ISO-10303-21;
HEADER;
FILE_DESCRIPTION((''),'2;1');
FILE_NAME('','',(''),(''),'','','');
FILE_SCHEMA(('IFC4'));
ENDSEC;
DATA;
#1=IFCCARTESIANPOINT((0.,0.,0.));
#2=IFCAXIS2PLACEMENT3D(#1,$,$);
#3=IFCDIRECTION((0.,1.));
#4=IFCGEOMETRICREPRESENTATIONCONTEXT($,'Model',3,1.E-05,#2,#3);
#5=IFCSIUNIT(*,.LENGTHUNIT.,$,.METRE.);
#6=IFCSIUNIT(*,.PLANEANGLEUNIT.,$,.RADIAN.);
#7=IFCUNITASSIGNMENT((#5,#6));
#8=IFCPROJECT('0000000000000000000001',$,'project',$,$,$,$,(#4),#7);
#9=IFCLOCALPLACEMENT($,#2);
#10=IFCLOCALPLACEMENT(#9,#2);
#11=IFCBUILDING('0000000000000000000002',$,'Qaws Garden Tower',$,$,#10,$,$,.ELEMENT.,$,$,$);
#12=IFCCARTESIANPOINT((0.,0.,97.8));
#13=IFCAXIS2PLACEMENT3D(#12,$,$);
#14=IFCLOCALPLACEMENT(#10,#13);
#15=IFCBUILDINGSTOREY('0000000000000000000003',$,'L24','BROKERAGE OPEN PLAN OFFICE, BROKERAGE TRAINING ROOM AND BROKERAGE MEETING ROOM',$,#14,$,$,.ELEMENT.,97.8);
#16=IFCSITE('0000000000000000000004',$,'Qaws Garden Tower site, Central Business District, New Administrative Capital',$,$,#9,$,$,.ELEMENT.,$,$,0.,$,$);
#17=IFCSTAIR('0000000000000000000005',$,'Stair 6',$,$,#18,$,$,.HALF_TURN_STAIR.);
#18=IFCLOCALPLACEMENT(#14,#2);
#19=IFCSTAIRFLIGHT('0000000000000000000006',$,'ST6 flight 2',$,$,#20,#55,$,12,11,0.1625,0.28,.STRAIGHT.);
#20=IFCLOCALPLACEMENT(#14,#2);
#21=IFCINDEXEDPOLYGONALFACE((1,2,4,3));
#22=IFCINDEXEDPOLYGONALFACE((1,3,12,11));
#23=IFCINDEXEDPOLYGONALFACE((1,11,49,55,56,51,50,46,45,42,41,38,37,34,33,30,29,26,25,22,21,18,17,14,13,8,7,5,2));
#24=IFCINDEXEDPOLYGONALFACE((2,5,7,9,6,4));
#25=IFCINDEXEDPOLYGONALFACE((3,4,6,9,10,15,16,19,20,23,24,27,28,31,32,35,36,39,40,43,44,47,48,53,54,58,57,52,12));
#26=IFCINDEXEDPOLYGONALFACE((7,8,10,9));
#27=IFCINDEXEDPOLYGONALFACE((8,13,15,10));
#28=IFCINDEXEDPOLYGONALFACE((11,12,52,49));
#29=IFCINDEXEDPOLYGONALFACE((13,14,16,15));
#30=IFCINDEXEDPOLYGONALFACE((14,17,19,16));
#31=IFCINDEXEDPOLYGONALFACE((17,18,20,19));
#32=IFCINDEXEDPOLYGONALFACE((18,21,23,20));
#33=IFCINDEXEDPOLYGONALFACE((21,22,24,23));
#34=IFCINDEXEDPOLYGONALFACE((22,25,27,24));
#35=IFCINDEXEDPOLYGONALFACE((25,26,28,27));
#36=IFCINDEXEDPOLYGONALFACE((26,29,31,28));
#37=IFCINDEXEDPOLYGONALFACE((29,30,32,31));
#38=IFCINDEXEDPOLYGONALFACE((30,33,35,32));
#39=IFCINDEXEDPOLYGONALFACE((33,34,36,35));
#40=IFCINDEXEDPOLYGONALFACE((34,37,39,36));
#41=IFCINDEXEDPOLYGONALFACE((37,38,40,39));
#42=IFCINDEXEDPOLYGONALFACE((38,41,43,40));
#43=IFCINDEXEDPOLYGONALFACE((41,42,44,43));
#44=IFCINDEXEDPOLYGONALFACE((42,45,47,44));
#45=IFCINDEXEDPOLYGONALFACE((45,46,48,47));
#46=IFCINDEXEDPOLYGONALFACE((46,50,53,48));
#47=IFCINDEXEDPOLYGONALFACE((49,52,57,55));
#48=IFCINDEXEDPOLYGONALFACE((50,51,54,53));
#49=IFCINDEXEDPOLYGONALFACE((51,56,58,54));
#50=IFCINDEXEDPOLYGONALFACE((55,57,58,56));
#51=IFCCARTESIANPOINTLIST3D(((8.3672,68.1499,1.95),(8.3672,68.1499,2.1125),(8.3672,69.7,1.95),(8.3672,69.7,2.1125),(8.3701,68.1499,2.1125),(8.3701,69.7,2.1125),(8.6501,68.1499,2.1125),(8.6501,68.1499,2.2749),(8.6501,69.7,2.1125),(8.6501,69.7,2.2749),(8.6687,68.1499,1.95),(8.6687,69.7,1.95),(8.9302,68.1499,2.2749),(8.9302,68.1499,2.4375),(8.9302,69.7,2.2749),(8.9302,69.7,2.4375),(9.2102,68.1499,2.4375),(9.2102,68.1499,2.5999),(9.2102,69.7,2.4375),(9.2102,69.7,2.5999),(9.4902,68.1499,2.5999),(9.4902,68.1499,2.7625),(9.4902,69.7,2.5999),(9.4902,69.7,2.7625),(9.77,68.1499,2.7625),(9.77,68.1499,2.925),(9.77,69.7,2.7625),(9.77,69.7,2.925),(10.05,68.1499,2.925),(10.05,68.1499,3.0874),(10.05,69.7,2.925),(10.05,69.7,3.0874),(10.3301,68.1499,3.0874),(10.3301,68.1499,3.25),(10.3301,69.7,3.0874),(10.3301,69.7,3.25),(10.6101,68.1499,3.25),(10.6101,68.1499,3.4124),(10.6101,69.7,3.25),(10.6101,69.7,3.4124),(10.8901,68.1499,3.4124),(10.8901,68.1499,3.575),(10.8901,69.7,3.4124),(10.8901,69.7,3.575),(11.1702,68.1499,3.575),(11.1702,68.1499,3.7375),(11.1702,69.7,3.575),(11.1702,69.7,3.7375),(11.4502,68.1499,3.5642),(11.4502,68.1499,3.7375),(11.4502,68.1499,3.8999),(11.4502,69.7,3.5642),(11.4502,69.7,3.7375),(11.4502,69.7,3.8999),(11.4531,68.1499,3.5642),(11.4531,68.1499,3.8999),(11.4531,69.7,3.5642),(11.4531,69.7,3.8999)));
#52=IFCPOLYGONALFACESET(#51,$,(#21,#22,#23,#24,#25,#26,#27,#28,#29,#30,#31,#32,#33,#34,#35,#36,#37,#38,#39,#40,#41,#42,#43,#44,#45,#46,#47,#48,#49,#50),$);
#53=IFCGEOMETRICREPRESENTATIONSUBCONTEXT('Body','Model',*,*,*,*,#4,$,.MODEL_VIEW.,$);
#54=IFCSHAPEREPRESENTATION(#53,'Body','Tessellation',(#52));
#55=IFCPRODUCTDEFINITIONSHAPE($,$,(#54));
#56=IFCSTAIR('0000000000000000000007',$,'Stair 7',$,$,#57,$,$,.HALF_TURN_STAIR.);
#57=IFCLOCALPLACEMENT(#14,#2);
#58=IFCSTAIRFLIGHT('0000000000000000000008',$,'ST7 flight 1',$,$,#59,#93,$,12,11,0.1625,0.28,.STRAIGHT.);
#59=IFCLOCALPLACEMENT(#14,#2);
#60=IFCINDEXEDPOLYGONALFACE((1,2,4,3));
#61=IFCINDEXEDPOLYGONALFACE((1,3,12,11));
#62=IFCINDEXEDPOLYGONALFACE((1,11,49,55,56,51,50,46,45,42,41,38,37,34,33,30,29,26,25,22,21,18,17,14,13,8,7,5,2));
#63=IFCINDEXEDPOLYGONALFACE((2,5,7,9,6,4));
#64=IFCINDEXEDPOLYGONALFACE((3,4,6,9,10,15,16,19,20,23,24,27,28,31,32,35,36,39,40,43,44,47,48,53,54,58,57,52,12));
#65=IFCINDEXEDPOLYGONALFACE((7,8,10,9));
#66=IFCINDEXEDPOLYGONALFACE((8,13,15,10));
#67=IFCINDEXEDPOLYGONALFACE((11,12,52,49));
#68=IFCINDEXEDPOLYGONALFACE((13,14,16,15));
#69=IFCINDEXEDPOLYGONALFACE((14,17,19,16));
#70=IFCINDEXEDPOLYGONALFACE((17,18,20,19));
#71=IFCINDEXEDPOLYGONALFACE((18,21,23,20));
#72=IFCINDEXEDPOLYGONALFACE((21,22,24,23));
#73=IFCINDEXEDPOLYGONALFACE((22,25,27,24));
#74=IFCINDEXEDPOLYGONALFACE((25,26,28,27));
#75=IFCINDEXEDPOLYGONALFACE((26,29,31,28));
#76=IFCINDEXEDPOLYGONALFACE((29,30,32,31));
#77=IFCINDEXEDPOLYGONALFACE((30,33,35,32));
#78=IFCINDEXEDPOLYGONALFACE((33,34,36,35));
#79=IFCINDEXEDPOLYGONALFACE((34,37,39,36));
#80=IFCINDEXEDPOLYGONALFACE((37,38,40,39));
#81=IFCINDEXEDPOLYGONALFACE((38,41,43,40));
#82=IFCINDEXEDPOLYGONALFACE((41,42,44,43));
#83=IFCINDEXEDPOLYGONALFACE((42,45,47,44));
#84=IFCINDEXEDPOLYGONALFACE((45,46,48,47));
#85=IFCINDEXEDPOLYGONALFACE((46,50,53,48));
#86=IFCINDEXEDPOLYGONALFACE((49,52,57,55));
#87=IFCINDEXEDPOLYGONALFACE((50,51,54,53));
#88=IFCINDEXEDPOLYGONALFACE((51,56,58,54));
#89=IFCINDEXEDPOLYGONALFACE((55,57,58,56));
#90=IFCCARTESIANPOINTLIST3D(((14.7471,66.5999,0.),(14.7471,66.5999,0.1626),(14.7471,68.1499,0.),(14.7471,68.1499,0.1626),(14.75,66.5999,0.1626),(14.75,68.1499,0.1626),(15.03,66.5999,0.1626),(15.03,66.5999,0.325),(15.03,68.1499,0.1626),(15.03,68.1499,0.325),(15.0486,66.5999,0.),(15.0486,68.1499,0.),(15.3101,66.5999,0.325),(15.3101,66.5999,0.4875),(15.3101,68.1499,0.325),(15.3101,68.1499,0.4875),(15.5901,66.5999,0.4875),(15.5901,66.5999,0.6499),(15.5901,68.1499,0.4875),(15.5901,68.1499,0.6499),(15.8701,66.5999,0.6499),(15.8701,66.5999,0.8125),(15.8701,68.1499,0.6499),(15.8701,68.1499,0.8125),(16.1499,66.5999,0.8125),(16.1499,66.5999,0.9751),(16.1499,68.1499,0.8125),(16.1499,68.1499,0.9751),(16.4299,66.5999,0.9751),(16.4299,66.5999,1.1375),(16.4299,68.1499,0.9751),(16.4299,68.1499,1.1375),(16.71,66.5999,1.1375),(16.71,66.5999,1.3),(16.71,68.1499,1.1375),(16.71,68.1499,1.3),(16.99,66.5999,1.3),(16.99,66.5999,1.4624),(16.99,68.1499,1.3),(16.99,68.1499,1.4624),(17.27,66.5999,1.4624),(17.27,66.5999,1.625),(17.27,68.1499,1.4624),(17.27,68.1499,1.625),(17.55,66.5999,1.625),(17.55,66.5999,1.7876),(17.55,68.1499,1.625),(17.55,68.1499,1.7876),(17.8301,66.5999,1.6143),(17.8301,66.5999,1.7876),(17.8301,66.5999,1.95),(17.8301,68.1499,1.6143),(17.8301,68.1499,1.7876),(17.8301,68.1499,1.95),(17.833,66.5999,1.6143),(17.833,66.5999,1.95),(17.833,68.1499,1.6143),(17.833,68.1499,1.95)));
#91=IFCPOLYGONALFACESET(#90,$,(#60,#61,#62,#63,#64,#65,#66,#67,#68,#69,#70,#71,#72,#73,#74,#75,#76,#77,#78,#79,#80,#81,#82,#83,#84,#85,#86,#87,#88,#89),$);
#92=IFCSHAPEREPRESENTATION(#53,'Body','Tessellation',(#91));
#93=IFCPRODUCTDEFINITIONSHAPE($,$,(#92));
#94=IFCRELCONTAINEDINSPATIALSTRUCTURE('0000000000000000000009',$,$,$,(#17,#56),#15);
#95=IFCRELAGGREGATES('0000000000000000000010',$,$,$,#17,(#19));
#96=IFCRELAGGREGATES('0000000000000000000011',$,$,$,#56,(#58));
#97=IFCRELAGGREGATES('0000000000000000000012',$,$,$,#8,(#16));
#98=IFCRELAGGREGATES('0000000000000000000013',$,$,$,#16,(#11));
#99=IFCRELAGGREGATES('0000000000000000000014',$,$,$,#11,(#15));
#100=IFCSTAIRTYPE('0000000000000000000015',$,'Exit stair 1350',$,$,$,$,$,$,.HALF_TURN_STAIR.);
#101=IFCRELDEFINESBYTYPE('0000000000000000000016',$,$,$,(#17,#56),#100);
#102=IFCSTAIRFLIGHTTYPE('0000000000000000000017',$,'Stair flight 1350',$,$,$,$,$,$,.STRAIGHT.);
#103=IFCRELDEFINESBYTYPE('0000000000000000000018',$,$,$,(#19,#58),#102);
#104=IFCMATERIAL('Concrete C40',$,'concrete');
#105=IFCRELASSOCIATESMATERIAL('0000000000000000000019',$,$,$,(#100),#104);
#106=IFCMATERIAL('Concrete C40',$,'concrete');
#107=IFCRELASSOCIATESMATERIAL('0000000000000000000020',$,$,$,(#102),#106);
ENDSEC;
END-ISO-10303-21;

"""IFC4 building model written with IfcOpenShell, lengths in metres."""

from ifc_helpers import new_model, si_unit, direction, frame, origin, place, context, subcontext, project, spatial, polyline, outline, extrude, material, type_object, element, aggregate, save


model = new_model("IFC4")

# Units and contexts
model_context = context("Model", 3, precision=1e-05, world=origin(), true_north=direction((0.0, 1.0)))
body_context = subcontext(model_context, "Body", "Model", "MODEL_VIEW")
ifc_project = project(units=[si_unit("LENGTHUNIT", "METRE"), si_unit("PLANEANGLEUNIT", "RADIAN")], contexts=[model_context])

# Site, building, storey
site_placement = place(None, origin())
site = spatial("IfcSite", under=ifc_project, at=site_placement, Name="Qaws Garden Tower site, Central Business District, New Administrative Capital", CompositionType="ELEMENT", RefElevation=0.0)
building_placement = place(site_placement, origin())
building = spatial("IfcBuilding", under=site, at=building_placement, Name="Qaws Garden Tower", CompositionType="ELEMENT")
storey_placement = place(building_placement, frame((0.0, 0.0, 97.8)))
storey = spatial("IfcBuildingStorey", under=building, at=storey_placement, Name="L24", Description="BROKERAGE OPEN PLAN OFFICE, BROKERAGE TRAINING ROOM AND BROKERAGE MEETING ROOM", CompositionType="ELEMENT", Elevation=97.8)

# Stair, stair flight
ifc_material_1 = material(Name="Concrete C40", Category="concrete")
stair_type = type_object("IfcStairType", Name="Exit stair 1350", PredefinedType="HALF_TURN_STAIR", material=ifc_material_1)
placement = place(storey_placement, origin())
stair_1 = element("IfcStair", 1, at=placement, inside=storey, type_object=stair_type, Name="Stair 6", PredefinedType="HALF_TURN_STAIR")
ifc_material_2 = material(Name="Concrete C40", Category="concrete")
stair_flight_type = type_object("IfcStairFlightType", Name="Stair flight 1350", PredefinedType="STRAIGHT", material=ifc_material_2)
stair_flight_1_placement = place(storey_placement, frame((8.3701, 68.925, 1.95), z_axis=(0.0, 0.0, 1.0), x_axis=(1.0, 0.0, 0.0)))
stair_flight_1 = element("IfcStairFlight", 2, at=stair_flight_1_placement, type_object=stair_flight_type, Name="ST6 flight 2", NumberOfRisers=12, NumberOfTreads=11, PredefinedType="STRAIGHT", RiserHeight=0.1625, TreadLength=0.28, context=body_context, shape_type="SweptSolid", body=[
    extrude(outline(polyline([(-0.0029, 0.0), (-0.0029, 0.1626), (0.0, 0.1626), (0.28, 0.1626), (0.28, 0.325), (0.5601, 0.325), (0.5601, 0.4875), (0.8401, 0.4875), (0.8401, 0.6499), (1.1201, 0.6499), (1.1201, 0.8125), (1.3999, 0.8125), (1.3999, 0.9751), (1.6799, 0.9751), (1.6799, 1.1375), (1.96, 1.1375), (1.96, 1.3), (2.24, 1.3), (2.24, 1.4624), (2.52, 1.4624), (2.52, 1.625), (2.8, 1.625), (2.8, 1.7876), (3.0801, 1.7876), (3.0801, 1.95), (3.083, 1.95), (3.083, 1.6143), (3.0801, 1.6143), (0.2986, 0.0), (-0.0029, 0.0)])), frame((0.0, 0.7749, 0.0), z_axis=(0.0, -1.0, 0.0), x_axis=(1.0, 0.0, 0.0)), (0.0, 0.0, 1.0), 1.55),
])
aggregate(stair_1, [stair_flight_1])

# Stair, stair flight
stair_2 = element("IfcStair", 3, at=placement, inside=storey, type_object=stair_type, Name="Stair 7", PredefinedType="HALF_TURN_STAIR")
stair_flight_2_placement = place(storey_placement, frame((14.75, 67.375, 0.0), z_axis=(0.0, 0.0, 1.0), x_axis=(1.0, 0.0, 0.0)))
stair_flight_2 = element("IfcStairFlight", 4, at=stair_flight_2_placement, type_object=stair_flight_type, Name="ST7 flight 1", NumberOfRisers=12, NumberOfTreads=11, PredefinedType="STRAIGHT", RiserHeight=0.1625, TreadLength=0.28, context=body_context, shape_type="SweptSolid", body=[
    extrude(outline(polyline([(-0.0029, 0.0), (-0.0029, 0.1626), (0.0, 0.1626), (0.28, 0.1626), (0.28, 0.325), (0.5601, 0.325), (0.5601, 0.4875), (0.8401, 0.4875), (0.8401, 0.6499), (1.1201, 0.6499), (1.1201, 0.8125), (1.3999, 0.8125), (1.3999, 0.9751), (1.6799, 0.9751), (1.6799, 1.1375), (1.96, 1.1375), (1.96, 1.3), (2.24, 1.3), (2.24, 1.4624), (2.52, 1.4624), (2.52, 1.625), (2.8, 1.625), (2.8, 1.7876), (3.0801, 1.7876), (3.0801, 1.95), (3.083, 1.95), (3.083, 1.6143), (3.0801, 1.6143), (0.2986, 0.0), (-0.0029, 0.0)])), frame((0.0, 0.7749, 0.0), z_axis=(0.0, -1.0, 0.0), x_axis=(1.0, 0.0, 0.0)), (0.0, 0.0, 1.0), 1.55),
])
aggregate(stair_2, [stair_flight_2])

save(model, "model.ifc")
